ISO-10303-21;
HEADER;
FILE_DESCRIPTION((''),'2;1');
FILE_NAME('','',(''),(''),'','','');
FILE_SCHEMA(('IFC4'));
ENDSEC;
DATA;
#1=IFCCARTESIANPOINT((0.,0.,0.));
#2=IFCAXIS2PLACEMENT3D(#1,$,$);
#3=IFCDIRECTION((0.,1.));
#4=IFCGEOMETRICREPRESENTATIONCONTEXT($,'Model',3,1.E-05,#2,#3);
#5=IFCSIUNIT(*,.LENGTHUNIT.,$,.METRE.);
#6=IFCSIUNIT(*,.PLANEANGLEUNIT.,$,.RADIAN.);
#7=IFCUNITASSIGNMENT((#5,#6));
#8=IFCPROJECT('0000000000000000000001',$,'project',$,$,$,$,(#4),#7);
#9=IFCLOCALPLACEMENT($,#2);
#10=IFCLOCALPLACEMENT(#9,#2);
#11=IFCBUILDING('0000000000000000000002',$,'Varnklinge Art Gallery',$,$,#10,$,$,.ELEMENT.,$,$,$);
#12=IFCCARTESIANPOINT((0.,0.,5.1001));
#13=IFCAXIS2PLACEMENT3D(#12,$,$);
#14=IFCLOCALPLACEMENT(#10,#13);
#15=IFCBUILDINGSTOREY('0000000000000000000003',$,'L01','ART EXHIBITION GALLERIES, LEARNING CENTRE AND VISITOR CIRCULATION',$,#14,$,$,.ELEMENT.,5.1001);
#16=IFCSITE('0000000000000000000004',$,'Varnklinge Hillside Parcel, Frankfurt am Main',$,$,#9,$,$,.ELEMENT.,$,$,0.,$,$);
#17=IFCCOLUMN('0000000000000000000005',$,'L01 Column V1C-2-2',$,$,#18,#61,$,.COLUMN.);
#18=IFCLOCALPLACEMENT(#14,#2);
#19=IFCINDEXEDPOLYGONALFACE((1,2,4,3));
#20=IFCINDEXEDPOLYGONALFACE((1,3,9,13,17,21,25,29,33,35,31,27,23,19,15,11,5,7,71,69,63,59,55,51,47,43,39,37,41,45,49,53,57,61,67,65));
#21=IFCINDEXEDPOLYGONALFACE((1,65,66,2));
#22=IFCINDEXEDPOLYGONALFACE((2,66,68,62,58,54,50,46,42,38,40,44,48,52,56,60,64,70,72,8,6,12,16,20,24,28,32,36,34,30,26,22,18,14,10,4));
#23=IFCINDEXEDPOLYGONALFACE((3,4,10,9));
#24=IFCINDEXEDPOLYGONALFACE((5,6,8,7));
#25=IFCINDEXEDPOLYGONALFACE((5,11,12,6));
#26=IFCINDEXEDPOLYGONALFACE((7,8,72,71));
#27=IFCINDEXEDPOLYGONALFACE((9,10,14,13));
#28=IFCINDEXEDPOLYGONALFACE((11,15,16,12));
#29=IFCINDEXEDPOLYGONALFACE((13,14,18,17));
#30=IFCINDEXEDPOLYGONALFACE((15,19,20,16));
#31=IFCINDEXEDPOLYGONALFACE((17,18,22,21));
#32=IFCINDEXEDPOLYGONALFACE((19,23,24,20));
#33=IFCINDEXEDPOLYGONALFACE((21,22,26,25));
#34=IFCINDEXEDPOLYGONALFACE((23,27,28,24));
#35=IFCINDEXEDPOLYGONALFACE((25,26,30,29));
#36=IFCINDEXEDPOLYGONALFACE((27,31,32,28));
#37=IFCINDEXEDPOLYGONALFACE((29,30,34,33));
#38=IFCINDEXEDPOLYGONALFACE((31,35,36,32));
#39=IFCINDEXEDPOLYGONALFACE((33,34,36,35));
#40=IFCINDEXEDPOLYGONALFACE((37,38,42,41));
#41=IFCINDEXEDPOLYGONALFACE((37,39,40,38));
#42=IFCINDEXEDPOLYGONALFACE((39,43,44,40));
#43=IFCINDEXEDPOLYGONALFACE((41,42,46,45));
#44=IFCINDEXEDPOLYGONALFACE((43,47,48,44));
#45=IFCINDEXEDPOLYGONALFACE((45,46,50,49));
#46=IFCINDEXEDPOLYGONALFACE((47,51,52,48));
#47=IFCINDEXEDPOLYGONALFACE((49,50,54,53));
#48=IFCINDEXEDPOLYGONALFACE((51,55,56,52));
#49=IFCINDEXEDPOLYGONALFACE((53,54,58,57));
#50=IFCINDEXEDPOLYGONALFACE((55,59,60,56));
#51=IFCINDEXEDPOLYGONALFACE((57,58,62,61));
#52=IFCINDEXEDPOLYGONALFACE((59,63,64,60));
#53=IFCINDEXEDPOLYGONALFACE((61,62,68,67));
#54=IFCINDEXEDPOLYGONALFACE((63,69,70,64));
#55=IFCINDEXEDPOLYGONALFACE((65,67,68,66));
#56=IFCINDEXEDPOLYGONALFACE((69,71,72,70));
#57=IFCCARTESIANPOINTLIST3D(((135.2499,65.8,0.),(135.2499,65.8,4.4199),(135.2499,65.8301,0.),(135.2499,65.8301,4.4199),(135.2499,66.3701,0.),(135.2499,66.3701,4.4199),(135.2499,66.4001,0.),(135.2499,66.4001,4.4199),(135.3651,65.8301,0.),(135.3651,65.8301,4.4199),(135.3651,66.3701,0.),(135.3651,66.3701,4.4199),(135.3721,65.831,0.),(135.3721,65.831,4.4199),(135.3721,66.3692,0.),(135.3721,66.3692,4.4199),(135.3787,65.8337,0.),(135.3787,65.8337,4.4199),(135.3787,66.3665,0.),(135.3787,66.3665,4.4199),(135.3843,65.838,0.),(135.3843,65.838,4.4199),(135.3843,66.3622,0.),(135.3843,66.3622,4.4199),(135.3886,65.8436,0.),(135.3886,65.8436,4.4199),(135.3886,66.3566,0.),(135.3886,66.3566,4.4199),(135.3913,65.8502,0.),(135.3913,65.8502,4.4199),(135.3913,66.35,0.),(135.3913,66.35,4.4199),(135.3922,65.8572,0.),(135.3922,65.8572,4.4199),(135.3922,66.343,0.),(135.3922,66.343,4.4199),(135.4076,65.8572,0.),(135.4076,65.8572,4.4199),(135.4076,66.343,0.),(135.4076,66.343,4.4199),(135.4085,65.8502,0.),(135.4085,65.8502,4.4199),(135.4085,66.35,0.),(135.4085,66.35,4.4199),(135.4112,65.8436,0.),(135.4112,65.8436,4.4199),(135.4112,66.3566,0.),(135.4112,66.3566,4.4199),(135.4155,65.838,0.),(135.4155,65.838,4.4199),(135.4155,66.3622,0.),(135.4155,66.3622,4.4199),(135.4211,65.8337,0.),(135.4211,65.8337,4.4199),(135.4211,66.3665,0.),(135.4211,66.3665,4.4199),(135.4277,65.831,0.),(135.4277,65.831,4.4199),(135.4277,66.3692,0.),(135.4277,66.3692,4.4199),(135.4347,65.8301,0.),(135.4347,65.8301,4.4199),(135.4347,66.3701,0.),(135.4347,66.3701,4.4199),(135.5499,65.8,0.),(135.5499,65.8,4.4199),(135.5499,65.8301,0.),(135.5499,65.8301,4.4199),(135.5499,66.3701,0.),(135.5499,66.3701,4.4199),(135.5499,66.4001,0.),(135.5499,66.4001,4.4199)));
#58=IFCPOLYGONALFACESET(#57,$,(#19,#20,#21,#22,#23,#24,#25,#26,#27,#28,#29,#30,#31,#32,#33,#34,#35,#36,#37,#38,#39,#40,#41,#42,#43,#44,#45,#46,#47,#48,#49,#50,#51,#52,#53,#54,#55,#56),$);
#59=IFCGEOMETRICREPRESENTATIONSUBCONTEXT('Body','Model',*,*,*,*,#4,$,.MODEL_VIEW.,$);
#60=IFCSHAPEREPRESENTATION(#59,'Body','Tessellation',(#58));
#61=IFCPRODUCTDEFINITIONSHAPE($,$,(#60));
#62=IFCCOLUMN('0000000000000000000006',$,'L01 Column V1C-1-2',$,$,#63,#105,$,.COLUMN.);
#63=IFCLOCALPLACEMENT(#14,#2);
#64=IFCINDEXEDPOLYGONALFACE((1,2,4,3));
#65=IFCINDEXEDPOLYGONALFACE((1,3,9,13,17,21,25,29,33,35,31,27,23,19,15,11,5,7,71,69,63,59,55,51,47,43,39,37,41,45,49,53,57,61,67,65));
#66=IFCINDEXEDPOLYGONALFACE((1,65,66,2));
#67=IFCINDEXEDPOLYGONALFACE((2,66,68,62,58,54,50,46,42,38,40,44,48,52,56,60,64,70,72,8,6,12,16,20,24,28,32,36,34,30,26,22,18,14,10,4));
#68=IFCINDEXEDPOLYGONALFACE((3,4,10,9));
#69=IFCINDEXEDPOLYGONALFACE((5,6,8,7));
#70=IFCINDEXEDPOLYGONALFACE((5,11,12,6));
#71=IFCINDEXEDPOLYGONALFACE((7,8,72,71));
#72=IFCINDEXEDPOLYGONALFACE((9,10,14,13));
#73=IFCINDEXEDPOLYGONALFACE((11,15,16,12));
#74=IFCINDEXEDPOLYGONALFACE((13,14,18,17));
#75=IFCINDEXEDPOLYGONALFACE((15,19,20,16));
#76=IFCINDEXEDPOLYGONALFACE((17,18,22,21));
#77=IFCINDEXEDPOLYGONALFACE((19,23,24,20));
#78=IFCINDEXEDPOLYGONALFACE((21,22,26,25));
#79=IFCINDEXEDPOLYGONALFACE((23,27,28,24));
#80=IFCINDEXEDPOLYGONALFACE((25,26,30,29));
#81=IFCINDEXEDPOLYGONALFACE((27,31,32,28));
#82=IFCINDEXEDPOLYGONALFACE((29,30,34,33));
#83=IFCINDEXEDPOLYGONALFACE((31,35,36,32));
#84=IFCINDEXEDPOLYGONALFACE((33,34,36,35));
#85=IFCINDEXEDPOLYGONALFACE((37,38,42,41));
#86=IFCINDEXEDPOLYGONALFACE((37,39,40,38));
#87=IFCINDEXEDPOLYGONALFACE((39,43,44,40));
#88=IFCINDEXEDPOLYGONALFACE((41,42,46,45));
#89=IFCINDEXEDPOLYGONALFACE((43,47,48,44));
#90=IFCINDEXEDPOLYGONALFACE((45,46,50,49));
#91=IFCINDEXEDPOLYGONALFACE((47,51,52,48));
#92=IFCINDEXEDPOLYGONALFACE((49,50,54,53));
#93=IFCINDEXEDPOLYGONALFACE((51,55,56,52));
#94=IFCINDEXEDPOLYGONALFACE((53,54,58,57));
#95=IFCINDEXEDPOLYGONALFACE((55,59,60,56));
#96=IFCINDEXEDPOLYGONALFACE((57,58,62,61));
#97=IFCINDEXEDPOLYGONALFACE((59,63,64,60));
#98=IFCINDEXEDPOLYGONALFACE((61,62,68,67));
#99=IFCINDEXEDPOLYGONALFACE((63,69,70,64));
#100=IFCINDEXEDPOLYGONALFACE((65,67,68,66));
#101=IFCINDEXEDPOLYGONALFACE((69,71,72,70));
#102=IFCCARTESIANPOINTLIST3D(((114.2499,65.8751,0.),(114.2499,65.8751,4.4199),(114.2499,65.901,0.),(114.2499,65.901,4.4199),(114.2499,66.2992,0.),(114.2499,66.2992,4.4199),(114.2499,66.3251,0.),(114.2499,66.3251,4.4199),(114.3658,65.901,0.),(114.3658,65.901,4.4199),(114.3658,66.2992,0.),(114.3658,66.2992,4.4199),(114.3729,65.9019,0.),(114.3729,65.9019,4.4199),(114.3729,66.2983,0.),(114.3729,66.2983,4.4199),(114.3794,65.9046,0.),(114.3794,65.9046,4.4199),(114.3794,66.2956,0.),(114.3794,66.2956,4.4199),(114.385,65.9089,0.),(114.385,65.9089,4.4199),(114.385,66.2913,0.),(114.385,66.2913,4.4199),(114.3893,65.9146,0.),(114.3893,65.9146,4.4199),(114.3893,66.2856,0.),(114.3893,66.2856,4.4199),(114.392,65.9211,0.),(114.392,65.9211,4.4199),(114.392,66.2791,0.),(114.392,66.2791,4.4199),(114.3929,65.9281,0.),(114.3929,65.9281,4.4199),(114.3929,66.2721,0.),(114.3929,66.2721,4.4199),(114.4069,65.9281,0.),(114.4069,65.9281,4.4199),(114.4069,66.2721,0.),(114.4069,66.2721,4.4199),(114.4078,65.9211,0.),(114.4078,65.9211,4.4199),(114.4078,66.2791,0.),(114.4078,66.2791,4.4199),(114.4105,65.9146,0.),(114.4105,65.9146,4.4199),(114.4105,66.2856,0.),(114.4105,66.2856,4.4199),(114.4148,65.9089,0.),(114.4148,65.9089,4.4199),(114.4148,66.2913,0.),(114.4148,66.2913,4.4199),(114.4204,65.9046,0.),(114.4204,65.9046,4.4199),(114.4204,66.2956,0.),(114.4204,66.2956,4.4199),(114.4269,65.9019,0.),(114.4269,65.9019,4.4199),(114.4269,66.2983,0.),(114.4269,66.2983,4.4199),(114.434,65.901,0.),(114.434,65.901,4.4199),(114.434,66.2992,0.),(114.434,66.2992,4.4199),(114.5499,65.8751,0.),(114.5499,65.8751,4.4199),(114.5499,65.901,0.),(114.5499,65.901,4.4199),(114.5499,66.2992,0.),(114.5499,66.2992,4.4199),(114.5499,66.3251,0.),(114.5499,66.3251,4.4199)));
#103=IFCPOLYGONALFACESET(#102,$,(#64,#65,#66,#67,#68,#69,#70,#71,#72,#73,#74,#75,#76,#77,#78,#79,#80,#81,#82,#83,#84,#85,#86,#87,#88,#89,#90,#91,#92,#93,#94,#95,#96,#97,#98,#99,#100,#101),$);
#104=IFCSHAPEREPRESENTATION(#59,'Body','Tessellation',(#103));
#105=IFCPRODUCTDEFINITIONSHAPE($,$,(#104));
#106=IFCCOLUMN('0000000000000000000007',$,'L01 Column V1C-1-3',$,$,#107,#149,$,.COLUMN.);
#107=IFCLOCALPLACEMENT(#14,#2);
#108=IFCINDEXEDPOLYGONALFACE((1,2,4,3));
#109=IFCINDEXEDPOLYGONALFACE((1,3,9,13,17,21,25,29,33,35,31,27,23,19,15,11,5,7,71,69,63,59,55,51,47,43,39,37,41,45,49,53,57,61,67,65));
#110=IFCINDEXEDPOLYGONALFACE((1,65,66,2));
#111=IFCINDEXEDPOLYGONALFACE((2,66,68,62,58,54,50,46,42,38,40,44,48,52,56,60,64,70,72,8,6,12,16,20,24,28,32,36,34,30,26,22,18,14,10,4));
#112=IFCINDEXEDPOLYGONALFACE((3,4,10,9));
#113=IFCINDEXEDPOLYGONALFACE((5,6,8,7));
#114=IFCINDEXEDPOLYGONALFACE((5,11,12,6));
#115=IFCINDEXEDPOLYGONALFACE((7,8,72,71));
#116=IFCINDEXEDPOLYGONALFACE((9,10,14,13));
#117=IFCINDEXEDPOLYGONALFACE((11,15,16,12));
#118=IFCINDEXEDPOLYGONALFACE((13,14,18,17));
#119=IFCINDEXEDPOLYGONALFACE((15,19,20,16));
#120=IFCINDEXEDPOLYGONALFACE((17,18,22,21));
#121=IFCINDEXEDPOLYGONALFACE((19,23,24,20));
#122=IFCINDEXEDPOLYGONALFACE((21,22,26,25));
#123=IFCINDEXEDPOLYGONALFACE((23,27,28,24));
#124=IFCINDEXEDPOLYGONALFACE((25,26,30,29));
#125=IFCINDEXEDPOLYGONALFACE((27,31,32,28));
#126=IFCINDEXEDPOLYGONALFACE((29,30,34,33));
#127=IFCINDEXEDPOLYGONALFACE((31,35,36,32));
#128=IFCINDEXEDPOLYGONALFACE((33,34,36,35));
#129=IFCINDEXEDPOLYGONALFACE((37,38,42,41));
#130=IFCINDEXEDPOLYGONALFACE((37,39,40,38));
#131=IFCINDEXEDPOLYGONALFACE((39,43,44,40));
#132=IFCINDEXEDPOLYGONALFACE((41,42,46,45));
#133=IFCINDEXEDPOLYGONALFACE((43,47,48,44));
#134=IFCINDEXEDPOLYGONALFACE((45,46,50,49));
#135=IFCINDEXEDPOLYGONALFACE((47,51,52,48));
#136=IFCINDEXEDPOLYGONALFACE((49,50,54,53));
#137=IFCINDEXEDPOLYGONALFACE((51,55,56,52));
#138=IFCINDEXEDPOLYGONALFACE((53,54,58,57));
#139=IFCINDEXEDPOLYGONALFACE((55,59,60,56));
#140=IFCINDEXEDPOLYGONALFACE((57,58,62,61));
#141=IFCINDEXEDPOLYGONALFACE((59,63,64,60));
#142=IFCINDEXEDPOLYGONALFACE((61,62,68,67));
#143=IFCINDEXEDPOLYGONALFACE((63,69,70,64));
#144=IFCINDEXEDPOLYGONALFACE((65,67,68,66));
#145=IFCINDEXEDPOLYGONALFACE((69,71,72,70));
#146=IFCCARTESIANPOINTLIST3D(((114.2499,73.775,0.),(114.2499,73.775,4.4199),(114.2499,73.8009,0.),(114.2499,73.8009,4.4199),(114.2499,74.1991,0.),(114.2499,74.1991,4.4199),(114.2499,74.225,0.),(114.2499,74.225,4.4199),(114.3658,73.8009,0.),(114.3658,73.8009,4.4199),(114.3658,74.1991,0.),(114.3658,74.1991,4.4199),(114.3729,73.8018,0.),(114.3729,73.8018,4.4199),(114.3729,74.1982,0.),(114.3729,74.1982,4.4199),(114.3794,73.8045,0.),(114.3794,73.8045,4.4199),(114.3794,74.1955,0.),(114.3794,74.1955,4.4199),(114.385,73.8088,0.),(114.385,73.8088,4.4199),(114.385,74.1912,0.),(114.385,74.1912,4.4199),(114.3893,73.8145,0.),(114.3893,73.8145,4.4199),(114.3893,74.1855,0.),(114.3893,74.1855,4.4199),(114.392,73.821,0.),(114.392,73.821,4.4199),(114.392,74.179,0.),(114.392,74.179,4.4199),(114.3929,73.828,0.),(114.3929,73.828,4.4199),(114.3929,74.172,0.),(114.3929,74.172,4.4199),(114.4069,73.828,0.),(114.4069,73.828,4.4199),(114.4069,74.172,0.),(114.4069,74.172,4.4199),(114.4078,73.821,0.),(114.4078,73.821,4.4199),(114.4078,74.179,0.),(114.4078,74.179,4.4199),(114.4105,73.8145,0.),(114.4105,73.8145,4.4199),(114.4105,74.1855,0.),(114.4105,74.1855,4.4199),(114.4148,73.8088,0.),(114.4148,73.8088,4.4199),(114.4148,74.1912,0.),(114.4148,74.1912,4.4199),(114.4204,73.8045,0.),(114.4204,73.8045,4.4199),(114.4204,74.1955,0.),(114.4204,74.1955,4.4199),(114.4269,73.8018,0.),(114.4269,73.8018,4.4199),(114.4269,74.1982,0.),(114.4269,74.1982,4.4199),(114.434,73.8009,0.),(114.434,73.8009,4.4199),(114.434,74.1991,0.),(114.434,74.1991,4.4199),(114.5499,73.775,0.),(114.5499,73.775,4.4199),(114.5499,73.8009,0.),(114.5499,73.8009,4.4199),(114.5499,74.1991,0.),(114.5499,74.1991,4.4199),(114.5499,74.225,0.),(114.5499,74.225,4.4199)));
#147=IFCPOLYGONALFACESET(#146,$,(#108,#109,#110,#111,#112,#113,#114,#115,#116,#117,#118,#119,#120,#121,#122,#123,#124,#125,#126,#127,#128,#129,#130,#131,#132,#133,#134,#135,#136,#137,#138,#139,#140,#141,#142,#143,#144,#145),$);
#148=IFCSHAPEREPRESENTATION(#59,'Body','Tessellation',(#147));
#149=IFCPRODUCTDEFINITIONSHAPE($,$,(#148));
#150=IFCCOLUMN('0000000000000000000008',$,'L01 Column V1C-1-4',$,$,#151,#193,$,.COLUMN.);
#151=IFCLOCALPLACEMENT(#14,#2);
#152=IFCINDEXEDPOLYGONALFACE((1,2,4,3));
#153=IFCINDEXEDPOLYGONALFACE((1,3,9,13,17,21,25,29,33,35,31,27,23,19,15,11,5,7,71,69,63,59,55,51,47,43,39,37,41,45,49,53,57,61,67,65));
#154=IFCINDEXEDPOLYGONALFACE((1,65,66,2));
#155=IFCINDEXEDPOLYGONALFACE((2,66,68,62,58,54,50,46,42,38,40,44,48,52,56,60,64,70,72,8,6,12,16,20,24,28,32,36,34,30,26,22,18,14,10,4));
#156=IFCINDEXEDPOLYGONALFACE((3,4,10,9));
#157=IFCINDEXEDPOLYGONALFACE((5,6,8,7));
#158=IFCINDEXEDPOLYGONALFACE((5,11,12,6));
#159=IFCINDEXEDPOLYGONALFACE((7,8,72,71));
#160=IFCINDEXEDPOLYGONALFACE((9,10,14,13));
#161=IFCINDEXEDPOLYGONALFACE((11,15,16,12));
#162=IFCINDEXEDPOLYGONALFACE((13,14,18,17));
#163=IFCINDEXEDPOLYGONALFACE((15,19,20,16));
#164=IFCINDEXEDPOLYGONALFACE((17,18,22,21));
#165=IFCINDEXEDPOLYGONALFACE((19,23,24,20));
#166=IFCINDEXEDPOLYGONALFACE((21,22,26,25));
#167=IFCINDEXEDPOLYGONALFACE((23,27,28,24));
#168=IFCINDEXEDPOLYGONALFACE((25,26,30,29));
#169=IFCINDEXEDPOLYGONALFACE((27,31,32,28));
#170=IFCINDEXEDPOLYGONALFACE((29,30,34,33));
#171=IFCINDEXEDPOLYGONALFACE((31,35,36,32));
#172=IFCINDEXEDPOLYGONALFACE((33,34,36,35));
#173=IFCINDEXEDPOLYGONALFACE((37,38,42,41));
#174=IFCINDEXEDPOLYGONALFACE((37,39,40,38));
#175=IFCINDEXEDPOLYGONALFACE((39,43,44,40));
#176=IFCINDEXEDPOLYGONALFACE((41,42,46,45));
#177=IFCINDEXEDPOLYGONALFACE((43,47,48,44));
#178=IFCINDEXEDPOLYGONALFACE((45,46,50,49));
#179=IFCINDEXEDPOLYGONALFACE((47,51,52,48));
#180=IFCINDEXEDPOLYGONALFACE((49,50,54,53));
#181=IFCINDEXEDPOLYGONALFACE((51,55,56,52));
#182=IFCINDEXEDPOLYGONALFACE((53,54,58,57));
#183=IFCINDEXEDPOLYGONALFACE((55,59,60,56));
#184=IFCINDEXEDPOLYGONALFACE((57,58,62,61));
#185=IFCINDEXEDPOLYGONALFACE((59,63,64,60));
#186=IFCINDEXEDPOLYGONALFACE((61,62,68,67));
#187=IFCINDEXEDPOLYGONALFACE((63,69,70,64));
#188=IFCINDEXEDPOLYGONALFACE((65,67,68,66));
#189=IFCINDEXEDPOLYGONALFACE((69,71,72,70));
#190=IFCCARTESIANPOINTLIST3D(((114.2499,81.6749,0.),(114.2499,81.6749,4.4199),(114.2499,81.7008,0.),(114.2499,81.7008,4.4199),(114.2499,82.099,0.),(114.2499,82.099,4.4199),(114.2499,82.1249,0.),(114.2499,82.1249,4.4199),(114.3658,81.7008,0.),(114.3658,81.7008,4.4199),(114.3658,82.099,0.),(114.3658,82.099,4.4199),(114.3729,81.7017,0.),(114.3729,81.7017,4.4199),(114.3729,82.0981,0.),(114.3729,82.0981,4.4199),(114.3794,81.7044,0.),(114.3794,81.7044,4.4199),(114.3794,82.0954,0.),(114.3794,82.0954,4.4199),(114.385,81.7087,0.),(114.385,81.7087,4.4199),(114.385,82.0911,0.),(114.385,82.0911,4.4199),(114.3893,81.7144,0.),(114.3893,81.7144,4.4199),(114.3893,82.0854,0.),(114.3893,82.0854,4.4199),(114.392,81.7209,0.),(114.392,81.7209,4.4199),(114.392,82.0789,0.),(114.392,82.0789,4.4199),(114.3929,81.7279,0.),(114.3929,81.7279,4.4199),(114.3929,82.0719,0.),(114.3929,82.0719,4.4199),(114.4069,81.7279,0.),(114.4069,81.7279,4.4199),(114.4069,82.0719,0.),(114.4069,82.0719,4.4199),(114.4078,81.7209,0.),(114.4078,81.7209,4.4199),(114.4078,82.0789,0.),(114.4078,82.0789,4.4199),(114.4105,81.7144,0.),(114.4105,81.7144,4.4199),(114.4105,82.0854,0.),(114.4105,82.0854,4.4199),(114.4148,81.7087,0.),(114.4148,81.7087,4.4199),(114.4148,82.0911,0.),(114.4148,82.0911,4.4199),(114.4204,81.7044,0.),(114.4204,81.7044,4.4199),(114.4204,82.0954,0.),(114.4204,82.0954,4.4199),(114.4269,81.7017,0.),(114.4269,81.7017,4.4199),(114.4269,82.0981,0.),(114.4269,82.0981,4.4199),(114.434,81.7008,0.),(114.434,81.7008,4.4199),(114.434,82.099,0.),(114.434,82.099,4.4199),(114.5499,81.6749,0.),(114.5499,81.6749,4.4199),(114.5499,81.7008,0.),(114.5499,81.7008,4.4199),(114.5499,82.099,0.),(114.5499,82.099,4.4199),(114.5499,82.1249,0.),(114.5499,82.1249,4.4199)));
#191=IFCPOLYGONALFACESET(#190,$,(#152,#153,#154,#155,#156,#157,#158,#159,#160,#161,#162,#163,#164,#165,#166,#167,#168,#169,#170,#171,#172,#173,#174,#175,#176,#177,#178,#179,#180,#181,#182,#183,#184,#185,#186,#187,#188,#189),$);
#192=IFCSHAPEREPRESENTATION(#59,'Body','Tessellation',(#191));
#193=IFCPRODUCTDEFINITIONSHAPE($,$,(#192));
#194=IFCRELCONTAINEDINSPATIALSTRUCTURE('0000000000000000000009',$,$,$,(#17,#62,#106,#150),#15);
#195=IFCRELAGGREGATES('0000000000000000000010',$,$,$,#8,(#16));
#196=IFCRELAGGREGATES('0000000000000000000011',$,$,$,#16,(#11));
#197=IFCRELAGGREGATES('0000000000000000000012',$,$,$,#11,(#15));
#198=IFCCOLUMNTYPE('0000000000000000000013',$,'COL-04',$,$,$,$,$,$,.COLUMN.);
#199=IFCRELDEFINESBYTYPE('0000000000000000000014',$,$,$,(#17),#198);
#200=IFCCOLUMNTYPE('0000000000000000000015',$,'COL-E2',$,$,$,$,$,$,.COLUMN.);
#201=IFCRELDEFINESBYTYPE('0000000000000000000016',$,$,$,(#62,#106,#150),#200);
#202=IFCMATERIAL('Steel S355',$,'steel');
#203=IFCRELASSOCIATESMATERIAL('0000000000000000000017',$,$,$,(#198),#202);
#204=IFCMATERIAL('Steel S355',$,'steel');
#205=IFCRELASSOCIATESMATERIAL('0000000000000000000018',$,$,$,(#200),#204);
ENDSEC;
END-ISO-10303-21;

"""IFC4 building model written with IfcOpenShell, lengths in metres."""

from ifc_helpers import new_model, si_unit, direction, frame, origin, origin_2d, place, context, subcontext, project, spatial, i_section, extrude, material, material_profile, profile_set, type_object, element, save


model = new_model("IFC4")

# Units and contexts
model_context = context("Model", 3, precision=1e-05, world=origin(), true_north=direction((0.0, 1.0)))
body_context = subcontext(model_context, "Body", "Model", "MODEL_VIEW")
ifc_project = project(units=[si_unit("LENGTHUNIT", "METRE"), si_unit("PLANEANGLEUNIT", "RADIAN")], contexts=[model_context])

# Site, building, storey
site_placement = place(None, origin())
site = spatial("IfcSite", under=ifc_project, at=site_placement, Name="Varnklinge Hillside Parcel, Frankfurt am Main", CompositionType="ELEMENT", RefElevation=0.0)
building_placement = place(site_placement, origin())
building = spatial("IfcBuilding", under=site, at=building_placement, Name="Varnklinge Art Gallery", CompositionType="ELEMENT")
storey_placement = place(building_placement, frame((0.0, 0.0, 5.1001)))
storey = spatial("IfcBuildingStorey", under=building, at=storey_placement, Name="L01", Description="ART EXHIBITION GALLERIES, LEARNING CENTRE AND VISITOR CIRCULATION", CompositionType="ELEMENT", Elevation=5.1001)

# Columns
ifc_material_1 = material(Name="Steel S355", Category="steel")
ifc_material_profile_1 = material_profile(ifc_material_1, i_section(OverallWidth=0.3, OverallDepth=0.6001, WebThickness=0.0154, FlangeThickness=0.03, FilletRadius=0.0271, at=origin_2d()), Name="HEB 600")
ifc_profile_set_1 = profile_set([ifc_material_profile_1], Name="Steel S355")
column_type_1 = type_object("IfcColumnType", Name="COL-04", PredefinedType="COLUMN", material=ifc_profile_set_1)
column_placement = place(storey_placement, frame((135.3999, 66.1001, 0.0), z_axis=(0.0, 0.0, 1.0), x_axis=(1.0, 0.0, 0.0)))
element("IfcColumn", 1, at=column_placement, inside=storey, type_object=column_type_1, Name="L01 Column V1C-2-2", PredefinedType="COLUMN", context=body_context, shape_type="SweptSolid", body=[
    extrude(i_section(OverallWidth=0.3, OverallDepth=0.6001, WebThickness=0.0154, FlangeThickness=0.03, FilletRadius=0.0271, at=origin_2d()), origin(), (0.0, 0.0, 1.0), 4.4199),
])
ifc_material_2 = material(Name="Steel S355", Category="steel")
ifc_material_profile_2 = material_profile(ifc_material_2, i_section(OverallWidth=0.3, OverallDepth=0.45, WebThickness=0.0139, FlangeThickness=0.0259, FilletRadius=0.0271, at=origin_2d()), Name="HEB 450")
ifc_profile_set_2 = profile_set([ifc_material_profile_2], Name="Steel S355")
column_type_2 = type_object("IfcColumnType", Name="COL-E2", PredefinedType="COLUMN", material=ifc_profile_set_2)
for number, where, z_axis, x_axis, name in (
    (2, (114.3999, 66.1001, 0.0), (0.0, 0.0, 1.0), (1.0, 0.0, 0.0), "L01 Column V1C-1-2"),
    (3, (114.3999, 74.0, 0.0), (0.0, 0.0, 1.0), (1.0, 0.0, 0.0), "L01 Column V1C-1-3"),
    (4, (114.3999, 81.8999, 0.0), (0.0, 0.0, 1.0), (1.0, 0.0, 0.0), "L01 Column V1C-1-4"),
):
    element("IfcColumn", number, at=place(storey_placement, frame(where, z_axis=z_axis, x_axis=x_axis)), inside=storey, type_object=column_type_2, Name=name, PredefinedType="COLUMN", context=body_context, shape_type="SweptSolid", body=[
        extrude(i_section(OverallWidth=0.3, OverallDepth=0.45, WebThickness=0.0139, FlangeThickness=0.0259, FilletRadius=0.0271, at=origin_2d()), origin(), (0.0, 0.0, 1.0), 4.4199),
    ])

save(model, "model.ifc")
